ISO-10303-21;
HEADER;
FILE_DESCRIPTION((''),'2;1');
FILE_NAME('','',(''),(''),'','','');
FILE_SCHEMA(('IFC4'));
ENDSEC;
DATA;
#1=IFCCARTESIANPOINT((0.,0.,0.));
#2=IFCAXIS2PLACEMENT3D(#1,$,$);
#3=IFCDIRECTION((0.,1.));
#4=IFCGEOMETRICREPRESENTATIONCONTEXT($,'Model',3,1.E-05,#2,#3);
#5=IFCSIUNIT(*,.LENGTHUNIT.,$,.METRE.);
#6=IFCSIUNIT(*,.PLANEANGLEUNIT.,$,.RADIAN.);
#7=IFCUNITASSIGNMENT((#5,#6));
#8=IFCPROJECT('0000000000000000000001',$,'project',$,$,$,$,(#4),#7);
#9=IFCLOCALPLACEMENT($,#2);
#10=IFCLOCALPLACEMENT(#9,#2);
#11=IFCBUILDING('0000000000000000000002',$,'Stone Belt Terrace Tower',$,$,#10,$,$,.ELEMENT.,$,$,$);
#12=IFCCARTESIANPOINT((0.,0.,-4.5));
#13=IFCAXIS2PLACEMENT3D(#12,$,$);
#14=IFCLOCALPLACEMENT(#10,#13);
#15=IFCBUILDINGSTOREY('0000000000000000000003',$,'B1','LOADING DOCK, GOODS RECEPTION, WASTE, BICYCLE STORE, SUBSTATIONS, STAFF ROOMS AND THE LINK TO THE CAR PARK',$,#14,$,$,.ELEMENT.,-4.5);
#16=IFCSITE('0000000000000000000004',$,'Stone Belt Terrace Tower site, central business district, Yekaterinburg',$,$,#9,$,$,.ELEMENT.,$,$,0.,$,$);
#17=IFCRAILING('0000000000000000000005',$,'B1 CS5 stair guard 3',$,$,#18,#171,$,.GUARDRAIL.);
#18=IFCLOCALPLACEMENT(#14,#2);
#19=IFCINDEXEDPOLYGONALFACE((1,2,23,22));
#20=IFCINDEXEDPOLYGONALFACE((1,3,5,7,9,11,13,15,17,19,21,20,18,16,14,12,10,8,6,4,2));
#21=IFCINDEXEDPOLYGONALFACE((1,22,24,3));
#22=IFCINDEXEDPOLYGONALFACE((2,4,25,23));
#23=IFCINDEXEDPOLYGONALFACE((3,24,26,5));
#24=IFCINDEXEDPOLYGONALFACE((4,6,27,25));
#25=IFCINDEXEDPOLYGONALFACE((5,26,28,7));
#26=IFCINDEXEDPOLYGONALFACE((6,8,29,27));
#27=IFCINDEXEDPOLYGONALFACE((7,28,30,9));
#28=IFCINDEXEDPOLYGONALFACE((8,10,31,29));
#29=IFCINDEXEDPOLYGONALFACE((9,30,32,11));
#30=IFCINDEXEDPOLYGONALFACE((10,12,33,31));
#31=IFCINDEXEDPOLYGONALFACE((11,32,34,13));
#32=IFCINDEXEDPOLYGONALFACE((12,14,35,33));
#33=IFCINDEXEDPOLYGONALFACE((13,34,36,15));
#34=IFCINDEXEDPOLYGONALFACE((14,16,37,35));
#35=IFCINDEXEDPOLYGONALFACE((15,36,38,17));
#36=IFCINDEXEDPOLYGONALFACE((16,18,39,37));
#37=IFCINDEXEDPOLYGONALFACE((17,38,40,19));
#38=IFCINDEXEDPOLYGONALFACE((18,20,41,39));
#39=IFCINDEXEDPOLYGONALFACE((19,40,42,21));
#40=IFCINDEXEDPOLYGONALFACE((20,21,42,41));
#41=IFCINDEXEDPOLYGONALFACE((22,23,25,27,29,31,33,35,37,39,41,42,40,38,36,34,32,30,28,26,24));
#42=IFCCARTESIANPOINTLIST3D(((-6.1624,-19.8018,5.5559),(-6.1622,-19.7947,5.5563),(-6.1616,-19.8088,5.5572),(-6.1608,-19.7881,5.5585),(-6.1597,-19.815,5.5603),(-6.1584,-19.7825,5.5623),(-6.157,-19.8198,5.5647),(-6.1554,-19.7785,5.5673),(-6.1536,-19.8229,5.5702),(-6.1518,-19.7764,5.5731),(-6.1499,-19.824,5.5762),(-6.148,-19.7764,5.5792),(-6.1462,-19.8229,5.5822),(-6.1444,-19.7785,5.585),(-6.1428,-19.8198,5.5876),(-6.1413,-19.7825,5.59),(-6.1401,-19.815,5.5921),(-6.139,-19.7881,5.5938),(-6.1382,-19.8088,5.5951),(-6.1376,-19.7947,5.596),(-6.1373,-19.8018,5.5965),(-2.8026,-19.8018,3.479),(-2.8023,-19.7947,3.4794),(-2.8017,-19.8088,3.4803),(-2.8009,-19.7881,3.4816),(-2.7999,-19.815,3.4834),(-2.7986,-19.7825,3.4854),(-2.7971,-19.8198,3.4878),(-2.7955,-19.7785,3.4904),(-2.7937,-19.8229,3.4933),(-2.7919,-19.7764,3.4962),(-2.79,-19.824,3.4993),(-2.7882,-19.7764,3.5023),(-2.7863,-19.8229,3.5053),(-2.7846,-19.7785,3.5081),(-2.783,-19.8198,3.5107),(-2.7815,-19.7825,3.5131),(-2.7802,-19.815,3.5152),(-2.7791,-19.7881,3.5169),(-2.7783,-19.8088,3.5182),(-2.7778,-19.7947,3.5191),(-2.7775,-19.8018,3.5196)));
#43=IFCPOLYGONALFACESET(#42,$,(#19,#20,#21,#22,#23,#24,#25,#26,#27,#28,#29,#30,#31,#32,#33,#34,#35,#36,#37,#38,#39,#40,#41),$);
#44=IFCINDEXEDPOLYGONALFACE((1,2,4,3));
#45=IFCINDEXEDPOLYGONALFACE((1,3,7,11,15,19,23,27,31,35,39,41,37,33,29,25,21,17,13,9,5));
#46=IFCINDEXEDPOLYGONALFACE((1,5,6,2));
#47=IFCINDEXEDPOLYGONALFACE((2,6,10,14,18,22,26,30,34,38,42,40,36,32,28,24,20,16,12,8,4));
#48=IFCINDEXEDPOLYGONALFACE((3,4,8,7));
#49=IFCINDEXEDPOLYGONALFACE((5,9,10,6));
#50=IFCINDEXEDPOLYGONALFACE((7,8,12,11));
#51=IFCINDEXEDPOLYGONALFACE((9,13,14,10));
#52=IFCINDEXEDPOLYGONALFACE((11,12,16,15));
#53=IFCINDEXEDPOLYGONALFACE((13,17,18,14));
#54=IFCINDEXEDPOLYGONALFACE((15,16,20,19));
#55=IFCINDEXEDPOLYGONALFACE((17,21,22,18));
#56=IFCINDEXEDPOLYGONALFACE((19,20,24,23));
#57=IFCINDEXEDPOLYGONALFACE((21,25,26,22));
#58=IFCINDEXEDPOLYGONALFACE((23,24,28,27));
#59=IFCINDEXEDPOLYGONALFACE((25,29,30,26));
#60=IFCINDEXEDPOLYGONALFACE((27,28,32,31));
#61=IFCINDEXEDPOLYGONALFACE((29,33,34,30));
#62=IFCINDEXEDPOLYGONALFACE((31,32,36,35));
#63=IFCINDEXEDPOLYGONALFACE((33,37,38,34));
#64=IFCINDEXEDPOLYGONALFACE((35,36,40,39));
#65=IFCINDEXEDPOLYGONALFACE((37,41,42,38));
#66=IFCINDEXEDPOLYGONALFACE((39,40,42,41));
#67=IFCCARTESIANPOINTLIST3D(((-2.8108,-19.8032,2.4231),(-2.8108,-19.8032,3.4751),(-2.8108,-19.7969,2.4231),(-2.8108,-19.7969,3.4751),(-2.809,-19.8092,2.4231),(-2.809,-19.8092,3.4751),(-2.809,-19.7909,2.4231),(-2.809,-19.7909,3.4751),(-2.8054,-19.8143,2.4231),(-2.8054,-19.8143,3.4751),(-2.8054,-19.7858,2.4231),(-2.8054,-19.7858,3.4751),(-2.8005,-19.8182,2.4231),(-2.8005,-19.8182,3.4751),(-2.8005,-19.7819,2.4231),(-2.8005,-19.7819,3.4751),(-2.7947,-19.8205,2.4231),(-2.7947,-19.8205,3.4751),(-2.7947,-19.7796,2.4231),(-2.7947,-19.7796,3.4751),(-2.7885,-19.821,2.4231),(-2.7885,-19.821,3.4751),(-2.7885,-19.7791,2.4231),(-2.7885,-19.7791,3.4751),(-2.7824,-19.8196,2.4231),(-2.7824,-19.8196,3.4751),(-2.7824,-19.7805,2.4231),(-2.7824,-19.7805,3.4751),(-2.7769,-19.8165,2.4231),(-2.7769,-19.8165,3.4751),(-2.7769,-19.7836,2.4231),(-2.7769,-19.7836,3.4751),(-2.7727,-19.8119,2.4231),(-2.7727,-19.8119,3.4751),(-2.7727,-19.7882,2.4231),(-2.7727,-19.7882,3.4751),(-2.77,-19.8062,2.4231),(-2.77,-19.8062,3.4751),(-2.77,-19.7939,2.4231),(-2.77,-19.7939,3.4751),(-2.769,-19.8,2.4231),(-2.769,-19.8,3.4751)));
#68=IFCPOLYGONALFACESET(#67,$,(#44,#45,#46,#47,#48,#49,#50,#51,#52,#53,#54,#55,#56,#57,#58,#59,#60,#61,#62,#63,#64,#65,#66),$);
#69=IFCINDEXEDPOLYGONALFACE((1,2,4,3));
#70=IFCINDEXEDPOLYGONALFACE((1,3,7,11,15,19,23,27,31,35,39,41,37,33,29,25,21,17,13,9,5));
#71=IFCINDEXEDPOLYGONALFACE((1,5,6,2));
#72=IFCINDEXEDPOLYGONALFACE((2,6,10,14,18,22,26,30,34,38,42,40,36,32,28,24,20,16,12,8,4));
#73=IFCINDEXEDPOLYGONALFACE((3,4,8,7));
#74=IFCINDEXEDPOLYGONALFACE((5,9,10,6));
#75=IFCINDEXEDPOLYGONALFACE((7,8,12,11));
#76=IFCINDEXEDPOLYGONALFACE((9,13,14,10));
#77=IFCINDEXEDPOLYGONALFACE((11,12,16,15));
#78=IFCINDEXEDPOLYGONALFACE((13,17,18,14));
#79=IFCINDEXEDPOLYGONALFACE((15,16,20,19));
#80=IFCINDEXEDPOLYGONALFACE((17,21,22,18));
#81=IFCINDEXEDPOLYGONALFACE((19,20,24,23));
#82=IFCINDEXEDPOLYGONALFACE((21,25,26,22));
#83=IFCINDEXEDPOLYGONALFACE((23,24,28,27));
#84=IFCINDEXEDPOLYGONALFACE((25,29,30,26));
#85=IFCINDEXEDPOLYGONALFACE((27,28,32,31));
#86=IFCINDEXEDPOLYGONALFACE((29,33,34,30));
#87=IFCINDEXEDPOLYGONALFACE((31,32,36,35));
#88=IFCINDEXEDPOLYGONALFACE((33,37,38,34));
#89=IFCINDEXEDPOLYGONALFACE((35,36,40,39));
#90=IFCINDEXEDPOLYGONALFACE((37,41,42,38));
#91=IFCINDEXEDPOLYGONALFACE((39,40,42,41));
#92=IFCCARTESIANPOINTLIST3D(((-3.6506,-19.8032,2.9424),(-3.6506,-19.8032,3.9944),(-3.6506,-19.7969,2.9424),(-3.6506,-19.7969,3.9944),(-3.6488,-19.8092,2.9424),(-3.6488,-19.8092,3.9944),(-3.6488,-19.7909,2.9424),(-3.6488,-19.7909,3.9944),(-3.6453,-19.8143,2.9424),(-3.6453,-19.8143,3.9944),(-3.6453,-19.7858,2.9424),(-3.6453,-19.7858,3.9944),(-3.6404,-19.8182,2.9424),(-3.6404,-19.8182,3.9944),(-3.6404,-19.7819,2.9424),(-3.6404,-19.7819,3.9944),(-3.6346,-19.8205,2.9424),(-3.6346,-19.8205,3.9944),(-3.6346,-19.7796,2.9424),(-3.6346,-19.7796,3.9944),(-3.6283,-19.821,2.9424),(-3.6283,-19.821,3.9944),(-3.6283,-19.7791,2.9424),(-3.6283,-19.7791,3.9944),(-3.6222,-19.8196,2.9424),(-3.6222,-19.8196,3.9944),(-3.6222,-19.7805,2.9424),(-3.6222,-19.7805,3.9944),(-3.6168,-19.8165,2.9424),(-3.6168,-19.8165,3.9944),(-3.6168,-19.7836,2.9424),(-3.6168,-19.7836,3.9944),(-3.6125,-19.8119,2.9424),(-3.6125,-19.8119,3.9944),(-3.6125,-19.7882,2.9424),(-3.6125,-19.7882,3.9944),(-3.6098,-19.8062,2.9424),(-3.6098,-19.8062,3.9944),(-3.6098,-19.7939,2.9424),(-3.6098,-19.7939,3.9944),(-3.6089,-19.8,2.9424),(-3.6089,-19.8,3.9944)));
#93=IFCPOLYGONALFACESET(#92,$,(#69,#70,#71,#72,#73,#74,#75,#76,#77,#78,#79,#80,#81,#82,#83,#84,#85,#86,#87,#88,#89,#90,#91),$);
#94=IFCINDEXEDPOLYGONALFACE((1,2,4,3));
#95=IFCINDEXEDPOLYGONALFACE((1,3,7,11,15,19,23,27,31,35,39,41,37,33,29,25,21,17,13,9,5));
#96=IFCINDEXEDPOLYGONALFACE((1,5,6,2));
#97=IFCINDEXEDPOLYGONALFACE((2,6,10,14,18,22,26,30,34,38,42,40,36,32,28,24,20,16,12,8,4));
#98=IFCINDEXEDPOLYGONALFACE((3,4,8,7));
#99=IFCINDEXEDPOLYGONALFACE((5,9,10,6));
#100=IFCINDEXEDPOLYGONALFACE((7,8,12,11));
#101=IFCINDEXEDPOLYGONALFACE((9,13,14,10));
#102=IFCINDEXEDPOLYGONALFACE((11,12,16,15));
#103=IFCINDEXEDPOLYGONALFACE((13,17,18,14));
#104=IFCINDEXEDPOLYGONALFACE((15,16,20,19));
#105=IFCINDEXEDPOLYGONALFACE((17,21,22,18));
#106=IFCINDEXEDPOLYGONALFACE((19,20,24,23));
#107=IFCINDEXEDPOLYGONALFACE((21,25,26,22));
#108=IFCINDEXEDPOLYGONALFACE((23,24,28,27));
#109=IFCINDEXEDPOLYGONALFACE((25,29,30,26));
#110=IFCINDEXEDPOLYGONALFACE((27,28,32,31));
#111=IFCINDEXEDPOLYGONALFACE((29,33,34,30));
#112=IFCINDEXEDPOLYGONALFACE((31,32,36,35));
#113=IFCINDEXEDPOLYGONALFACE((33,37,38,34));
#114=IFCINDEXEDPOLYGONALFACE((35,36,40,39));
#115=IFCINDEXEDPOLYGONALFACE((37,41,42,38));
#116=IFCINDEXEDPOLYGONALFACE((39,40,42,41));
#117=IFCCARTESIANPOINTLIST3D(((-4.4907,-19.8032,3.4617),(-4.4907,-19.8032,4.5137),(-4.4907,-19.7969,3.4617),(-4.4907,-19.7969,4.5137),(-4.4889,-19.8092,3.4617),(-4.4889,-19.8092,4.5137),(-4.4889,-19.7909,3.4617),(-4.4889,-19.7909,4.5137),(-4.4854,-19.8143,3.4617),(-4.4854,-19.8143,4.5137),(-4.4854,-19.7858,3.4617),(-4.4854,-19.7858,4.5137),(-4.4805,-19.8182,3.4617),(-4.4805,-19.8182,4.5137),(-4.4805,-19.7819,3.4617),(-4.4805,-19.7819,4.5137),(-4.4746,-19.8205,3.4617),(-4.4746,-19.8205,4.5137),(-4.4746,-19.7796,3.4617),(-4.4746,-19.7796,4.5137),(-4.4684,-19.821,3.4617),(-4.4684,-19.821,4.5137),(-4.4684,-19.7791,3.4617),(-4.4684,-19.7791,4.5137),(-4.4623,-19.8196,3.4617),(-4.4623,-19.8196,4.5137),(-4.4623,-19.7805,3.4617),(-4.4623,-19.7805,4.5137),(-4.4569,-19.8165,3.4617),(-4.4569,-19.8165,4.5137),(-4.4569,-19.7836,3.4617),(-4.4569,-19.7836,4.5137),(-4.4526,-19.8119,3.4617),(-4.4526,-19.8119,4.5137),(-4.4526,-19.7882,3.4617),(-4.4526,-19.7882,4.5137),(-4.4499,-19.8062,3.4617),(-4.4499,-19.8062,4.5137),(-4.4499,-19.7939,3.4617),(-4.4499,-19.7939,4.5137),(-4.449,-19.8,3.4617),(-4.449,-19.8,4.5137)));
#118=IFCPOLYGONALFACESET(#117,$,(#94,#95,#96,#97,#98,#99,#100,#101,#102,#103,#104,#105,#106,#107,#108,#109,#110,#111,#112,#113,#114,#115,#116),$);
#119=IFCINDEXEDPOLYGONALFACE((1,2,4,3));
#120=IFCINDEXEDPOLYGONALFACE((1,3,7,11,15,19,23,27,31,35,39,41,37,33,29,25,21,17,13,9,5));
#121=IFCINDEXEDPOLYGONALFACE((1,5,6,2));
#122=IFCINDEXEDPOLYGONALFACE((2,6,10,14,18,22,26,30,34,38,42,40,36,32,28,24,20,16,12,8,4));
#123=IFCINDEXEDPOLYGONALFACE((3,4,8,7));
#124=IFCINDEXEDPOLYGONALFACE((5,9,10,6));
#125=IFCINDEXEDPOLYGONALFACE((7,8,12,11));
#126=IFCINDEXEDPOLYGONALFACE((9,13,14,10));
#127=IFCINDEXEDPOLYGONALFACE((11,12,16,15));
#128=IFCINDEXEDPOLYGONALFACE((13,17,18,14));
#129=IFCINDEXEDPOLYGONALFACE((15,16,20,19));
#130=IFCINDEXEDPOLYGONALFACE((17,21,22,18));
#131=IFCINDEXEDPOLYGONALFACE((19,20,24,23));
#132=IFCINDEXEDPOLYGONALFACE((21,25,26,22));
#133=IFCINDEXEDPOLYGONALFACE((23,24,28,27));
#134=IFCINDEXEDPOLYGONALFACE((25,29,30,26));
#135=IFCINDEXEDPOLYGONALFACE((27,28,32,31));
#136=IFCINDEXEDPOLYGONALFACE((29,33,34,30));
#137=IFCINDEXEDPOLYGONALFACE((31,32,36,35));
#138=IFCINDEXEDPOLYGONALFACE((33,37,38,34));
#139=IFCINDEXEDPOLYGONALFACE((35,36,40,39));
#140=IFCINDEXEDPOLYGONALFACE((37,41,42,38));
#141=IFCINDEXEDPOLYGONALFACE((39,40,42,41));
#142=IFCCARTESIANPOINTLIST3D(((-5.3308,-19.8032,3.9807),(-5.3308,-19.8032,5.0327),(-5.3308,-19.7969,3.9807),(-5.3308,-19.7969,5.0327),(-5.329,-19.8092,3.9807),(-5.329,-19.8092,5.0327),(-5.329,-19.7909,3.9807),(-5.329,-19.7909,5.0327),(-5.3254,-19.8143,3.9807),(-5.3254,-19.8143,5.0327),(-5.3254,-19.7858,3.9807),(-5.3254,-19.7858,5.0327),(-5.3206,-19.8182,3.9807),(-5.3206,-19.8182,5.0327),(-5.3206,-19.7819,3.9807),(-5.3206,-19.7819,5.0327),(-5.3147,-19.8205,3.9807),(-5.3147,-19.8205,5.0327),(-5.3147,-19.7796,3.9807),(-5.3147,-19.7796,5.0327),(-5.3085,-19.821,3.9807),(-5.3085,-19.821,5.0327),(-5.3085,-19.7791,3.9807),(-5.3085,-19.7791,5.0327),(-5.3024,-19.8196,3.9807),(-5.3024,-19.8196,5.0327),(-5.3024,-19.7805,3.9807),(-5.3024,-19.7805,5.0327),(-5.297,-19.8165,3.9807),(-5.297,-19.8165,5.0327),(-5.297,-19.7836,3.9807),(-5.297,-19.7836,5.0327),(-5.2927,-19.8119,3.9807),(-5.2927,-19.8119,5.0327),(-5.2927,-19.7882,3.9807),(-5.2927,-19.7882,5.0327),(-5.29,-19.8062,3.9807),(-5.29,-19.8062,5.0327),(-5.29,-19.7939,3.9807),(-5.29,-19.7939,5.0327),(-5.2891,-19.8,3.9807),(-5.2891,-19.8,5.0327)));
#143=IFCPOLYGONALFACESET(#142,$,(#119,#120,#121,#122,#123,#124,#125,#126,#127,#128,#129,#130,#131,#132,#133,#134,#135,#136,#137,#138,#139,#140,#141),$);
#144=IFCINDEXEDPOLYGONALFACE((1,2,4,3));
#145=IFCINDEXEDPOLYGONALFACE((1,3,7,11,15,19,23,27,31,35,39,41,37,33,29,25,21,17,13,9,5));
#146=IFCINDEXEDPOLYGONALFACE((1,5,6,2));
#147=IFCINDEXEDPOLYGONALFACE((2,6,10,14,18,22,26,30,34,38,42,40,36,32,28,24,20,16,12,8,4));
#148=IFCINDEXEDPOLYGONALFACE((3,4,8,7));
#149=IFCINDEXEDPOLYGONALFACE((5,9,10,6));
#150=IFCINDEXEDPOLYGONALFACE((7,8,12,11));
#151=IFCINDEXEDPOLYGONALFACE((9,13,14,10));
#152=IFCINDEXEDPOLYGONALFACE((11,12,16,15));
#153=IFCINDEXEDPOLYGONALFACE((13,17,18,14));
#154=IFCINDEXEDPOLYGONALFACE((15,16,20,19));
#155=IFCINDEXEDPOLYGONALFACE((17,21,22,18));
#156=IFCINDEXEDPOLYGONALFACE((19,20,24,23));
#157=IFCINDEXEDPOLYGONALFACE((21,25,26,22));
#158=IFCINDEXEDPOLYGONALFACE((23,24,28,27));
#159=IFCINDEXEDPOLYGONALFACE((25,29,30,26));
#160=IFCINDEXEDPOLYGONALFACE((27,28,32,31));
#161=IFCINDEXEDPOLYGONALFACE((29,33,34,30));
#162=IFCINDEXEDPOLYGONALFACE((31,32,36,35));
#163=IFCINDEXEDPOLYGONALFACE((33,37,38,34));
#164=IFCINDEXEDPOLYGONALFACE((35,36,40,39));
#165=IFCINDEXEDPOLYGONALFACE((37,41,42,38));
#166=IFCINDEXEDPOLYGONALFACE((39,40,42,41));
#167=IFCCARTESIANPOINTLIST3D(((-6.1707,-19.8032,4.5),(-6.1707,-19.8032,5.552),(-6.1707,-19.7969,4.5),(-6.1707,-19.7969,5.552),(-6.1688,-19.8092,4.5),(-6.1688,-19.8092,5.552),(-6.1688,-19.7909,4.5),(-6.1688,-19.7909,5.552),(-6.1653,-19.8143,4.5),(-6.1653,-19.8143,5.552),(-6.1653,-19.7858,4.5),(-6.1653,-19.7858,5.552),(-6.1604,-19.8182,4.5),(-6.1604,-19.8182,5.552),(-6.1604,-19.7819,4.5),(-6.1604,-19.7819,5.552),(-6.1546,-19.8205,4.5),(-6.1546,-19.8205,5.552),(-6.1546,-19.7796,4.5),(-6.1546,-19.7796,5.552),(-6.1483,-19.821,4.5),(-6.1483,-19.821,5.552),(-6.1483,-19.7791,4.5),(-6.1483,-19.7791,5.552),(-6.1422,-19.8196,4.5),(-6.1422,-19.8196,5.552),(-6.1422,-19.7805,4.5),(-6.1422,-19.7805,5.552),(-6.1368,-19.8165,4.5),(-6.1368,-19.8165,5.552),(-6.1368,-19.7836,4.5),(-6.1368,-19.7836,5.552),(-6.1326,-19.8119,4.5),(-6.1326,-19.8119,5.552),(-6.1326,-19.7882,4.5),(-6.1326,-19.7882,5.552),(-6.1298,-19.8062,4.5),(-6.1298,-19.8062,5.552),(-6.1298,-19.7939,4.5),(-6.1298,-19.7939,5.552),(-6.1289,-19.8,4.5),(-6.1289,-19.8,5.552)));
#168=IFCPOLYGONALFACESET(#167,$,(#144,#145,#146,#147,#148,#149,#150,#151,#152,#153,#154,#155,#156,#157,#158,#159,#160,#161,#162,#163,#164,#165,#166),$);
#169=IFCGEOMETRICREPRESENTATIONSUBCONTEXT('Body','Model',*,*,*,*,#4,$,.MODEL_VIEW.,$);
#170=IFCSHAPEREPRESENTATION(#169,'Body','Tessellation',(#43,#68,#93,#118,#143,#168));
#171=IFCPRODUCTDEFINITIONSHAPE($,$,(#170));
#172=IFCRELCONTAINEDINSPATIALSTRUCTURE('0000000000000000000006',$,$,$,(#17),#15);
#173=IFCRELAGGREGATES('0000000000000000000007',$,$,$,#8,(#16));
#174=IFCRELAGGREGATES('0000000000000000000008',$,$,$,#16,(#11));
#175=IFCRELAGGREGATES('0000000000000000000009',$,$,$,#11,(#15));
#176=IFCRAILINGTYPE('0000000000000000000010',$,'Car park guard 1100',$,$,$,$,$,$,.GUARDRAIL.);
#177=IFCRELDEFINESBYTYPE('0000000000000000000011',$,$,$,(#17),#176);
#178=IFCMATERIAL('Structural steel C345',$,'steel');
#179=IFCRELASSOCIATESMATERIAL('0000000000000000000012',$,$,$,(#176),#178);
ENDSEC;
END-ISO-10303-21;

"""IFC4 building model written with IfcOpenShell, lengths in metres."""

from ifc_helpers import new_model, si_unit, direction, frame, origin, origin_2d, place, context, subcontext, project, spatial, circle, extrude, material, type_object, element, save


model = new_model("IFC4")

# Units and contexts
model_context = context("Model", 3, precision=1e-05, world=origin(), true_north=direction((0.0, 1.0)))
body_context = subcontext(model_context, "Body", "Model", "MODEL_VIEW")
ifc_project = project(units=[si_unit("LENGTHUNIT", "METRE"), si_unit("PLANEANGLEUNIT", "RADIAN")], contexts=[model_context])

# Site, building, storey
site_placement = place(None, origin())
site = spatial("IfcSite", under=ifc_project, at=site_placement, Name="Stone Belt Terrace Tower site, central business district, Yekaterinburg", CompositionType="ELEMENT", RefElevation=0.0)
building_placement = place(site_placement, origin())
building = spatial("IfcBuilding", under=site, at=building_placement, Name="Stone Belt Terrace Tower", CompositionType="ELEMENT")
storey_placement = place(building_placement, frame((0.0, 0.0, -4.5)))
storey = spatial("IfcBuildingStorey", under=building, at=storey_placement, Name="B1", Description="LOADING DOCK, GOODS RECEPTION, WASTE, BICYCLE STORE, SUBSTATIONS, STAFF ROOMS AND THE LINK TO THE CAR PARK", CompositionType="ELEMENT", Elevation=-4.5)

# Railing
ifc_material_1 = material(Name="Structural steel C345", Category="steel")
railing_type_1 = type_object("IfcRailingType", Name="Car park guard 1100", PredefinedType="GUARDRAIL", material=ifc_material_1)
railing_1_placement = place(storey_placement, frame((-2.79, -19.8, 2.4231)))
element("IfcRailing", 1, at=railing_1_placement, inside=storey, type_object=railing_type_1, Name="B1 CS5 stair guard 3", PredefinedType="GUARDRAIL", context=body_context, shape_type="SweptSolid", body=[
    extrude(circle(Radius=0.0239, at=origin_2d()), frame((0.0, 0.0, 1.0762), z_axis=(-0.850606, 0.0, 0.525803), x_axis=(0.0, -1.0, 0.0)), (0.0, 0.0, 1.0), 3.95),
    extrude(circle(Radius=0.021, at=origin_2d()), origin(), (0.0, 0.0, 1.0), 1.052),
    extrude(circle(Radius=0.021, at=origin_2d()), frame((-0.8398, 0.0, 0.5193)), (0.0, 0.0, 1.0), 1.052),
    extrude(circle(Radius=0.021, at=origin_2d()), frame((-1.6799, 0.0, 1.0386)), (0.0, 0.0, 1.0), 1.052),
    extrude(circle(Radius=0.021, at=origin_2d()), frame((-2.52, 0.0, 1.5576)), (0.0, 0.0, 1.0), 1.052),
    extrude(circle(Radius=0.021, at=origin_2d()), frame((-3.3599, 0.0, 2.0769)), (0.0, 0.0, 1.0), 1.052),
])

save(model, "model.ifc")
